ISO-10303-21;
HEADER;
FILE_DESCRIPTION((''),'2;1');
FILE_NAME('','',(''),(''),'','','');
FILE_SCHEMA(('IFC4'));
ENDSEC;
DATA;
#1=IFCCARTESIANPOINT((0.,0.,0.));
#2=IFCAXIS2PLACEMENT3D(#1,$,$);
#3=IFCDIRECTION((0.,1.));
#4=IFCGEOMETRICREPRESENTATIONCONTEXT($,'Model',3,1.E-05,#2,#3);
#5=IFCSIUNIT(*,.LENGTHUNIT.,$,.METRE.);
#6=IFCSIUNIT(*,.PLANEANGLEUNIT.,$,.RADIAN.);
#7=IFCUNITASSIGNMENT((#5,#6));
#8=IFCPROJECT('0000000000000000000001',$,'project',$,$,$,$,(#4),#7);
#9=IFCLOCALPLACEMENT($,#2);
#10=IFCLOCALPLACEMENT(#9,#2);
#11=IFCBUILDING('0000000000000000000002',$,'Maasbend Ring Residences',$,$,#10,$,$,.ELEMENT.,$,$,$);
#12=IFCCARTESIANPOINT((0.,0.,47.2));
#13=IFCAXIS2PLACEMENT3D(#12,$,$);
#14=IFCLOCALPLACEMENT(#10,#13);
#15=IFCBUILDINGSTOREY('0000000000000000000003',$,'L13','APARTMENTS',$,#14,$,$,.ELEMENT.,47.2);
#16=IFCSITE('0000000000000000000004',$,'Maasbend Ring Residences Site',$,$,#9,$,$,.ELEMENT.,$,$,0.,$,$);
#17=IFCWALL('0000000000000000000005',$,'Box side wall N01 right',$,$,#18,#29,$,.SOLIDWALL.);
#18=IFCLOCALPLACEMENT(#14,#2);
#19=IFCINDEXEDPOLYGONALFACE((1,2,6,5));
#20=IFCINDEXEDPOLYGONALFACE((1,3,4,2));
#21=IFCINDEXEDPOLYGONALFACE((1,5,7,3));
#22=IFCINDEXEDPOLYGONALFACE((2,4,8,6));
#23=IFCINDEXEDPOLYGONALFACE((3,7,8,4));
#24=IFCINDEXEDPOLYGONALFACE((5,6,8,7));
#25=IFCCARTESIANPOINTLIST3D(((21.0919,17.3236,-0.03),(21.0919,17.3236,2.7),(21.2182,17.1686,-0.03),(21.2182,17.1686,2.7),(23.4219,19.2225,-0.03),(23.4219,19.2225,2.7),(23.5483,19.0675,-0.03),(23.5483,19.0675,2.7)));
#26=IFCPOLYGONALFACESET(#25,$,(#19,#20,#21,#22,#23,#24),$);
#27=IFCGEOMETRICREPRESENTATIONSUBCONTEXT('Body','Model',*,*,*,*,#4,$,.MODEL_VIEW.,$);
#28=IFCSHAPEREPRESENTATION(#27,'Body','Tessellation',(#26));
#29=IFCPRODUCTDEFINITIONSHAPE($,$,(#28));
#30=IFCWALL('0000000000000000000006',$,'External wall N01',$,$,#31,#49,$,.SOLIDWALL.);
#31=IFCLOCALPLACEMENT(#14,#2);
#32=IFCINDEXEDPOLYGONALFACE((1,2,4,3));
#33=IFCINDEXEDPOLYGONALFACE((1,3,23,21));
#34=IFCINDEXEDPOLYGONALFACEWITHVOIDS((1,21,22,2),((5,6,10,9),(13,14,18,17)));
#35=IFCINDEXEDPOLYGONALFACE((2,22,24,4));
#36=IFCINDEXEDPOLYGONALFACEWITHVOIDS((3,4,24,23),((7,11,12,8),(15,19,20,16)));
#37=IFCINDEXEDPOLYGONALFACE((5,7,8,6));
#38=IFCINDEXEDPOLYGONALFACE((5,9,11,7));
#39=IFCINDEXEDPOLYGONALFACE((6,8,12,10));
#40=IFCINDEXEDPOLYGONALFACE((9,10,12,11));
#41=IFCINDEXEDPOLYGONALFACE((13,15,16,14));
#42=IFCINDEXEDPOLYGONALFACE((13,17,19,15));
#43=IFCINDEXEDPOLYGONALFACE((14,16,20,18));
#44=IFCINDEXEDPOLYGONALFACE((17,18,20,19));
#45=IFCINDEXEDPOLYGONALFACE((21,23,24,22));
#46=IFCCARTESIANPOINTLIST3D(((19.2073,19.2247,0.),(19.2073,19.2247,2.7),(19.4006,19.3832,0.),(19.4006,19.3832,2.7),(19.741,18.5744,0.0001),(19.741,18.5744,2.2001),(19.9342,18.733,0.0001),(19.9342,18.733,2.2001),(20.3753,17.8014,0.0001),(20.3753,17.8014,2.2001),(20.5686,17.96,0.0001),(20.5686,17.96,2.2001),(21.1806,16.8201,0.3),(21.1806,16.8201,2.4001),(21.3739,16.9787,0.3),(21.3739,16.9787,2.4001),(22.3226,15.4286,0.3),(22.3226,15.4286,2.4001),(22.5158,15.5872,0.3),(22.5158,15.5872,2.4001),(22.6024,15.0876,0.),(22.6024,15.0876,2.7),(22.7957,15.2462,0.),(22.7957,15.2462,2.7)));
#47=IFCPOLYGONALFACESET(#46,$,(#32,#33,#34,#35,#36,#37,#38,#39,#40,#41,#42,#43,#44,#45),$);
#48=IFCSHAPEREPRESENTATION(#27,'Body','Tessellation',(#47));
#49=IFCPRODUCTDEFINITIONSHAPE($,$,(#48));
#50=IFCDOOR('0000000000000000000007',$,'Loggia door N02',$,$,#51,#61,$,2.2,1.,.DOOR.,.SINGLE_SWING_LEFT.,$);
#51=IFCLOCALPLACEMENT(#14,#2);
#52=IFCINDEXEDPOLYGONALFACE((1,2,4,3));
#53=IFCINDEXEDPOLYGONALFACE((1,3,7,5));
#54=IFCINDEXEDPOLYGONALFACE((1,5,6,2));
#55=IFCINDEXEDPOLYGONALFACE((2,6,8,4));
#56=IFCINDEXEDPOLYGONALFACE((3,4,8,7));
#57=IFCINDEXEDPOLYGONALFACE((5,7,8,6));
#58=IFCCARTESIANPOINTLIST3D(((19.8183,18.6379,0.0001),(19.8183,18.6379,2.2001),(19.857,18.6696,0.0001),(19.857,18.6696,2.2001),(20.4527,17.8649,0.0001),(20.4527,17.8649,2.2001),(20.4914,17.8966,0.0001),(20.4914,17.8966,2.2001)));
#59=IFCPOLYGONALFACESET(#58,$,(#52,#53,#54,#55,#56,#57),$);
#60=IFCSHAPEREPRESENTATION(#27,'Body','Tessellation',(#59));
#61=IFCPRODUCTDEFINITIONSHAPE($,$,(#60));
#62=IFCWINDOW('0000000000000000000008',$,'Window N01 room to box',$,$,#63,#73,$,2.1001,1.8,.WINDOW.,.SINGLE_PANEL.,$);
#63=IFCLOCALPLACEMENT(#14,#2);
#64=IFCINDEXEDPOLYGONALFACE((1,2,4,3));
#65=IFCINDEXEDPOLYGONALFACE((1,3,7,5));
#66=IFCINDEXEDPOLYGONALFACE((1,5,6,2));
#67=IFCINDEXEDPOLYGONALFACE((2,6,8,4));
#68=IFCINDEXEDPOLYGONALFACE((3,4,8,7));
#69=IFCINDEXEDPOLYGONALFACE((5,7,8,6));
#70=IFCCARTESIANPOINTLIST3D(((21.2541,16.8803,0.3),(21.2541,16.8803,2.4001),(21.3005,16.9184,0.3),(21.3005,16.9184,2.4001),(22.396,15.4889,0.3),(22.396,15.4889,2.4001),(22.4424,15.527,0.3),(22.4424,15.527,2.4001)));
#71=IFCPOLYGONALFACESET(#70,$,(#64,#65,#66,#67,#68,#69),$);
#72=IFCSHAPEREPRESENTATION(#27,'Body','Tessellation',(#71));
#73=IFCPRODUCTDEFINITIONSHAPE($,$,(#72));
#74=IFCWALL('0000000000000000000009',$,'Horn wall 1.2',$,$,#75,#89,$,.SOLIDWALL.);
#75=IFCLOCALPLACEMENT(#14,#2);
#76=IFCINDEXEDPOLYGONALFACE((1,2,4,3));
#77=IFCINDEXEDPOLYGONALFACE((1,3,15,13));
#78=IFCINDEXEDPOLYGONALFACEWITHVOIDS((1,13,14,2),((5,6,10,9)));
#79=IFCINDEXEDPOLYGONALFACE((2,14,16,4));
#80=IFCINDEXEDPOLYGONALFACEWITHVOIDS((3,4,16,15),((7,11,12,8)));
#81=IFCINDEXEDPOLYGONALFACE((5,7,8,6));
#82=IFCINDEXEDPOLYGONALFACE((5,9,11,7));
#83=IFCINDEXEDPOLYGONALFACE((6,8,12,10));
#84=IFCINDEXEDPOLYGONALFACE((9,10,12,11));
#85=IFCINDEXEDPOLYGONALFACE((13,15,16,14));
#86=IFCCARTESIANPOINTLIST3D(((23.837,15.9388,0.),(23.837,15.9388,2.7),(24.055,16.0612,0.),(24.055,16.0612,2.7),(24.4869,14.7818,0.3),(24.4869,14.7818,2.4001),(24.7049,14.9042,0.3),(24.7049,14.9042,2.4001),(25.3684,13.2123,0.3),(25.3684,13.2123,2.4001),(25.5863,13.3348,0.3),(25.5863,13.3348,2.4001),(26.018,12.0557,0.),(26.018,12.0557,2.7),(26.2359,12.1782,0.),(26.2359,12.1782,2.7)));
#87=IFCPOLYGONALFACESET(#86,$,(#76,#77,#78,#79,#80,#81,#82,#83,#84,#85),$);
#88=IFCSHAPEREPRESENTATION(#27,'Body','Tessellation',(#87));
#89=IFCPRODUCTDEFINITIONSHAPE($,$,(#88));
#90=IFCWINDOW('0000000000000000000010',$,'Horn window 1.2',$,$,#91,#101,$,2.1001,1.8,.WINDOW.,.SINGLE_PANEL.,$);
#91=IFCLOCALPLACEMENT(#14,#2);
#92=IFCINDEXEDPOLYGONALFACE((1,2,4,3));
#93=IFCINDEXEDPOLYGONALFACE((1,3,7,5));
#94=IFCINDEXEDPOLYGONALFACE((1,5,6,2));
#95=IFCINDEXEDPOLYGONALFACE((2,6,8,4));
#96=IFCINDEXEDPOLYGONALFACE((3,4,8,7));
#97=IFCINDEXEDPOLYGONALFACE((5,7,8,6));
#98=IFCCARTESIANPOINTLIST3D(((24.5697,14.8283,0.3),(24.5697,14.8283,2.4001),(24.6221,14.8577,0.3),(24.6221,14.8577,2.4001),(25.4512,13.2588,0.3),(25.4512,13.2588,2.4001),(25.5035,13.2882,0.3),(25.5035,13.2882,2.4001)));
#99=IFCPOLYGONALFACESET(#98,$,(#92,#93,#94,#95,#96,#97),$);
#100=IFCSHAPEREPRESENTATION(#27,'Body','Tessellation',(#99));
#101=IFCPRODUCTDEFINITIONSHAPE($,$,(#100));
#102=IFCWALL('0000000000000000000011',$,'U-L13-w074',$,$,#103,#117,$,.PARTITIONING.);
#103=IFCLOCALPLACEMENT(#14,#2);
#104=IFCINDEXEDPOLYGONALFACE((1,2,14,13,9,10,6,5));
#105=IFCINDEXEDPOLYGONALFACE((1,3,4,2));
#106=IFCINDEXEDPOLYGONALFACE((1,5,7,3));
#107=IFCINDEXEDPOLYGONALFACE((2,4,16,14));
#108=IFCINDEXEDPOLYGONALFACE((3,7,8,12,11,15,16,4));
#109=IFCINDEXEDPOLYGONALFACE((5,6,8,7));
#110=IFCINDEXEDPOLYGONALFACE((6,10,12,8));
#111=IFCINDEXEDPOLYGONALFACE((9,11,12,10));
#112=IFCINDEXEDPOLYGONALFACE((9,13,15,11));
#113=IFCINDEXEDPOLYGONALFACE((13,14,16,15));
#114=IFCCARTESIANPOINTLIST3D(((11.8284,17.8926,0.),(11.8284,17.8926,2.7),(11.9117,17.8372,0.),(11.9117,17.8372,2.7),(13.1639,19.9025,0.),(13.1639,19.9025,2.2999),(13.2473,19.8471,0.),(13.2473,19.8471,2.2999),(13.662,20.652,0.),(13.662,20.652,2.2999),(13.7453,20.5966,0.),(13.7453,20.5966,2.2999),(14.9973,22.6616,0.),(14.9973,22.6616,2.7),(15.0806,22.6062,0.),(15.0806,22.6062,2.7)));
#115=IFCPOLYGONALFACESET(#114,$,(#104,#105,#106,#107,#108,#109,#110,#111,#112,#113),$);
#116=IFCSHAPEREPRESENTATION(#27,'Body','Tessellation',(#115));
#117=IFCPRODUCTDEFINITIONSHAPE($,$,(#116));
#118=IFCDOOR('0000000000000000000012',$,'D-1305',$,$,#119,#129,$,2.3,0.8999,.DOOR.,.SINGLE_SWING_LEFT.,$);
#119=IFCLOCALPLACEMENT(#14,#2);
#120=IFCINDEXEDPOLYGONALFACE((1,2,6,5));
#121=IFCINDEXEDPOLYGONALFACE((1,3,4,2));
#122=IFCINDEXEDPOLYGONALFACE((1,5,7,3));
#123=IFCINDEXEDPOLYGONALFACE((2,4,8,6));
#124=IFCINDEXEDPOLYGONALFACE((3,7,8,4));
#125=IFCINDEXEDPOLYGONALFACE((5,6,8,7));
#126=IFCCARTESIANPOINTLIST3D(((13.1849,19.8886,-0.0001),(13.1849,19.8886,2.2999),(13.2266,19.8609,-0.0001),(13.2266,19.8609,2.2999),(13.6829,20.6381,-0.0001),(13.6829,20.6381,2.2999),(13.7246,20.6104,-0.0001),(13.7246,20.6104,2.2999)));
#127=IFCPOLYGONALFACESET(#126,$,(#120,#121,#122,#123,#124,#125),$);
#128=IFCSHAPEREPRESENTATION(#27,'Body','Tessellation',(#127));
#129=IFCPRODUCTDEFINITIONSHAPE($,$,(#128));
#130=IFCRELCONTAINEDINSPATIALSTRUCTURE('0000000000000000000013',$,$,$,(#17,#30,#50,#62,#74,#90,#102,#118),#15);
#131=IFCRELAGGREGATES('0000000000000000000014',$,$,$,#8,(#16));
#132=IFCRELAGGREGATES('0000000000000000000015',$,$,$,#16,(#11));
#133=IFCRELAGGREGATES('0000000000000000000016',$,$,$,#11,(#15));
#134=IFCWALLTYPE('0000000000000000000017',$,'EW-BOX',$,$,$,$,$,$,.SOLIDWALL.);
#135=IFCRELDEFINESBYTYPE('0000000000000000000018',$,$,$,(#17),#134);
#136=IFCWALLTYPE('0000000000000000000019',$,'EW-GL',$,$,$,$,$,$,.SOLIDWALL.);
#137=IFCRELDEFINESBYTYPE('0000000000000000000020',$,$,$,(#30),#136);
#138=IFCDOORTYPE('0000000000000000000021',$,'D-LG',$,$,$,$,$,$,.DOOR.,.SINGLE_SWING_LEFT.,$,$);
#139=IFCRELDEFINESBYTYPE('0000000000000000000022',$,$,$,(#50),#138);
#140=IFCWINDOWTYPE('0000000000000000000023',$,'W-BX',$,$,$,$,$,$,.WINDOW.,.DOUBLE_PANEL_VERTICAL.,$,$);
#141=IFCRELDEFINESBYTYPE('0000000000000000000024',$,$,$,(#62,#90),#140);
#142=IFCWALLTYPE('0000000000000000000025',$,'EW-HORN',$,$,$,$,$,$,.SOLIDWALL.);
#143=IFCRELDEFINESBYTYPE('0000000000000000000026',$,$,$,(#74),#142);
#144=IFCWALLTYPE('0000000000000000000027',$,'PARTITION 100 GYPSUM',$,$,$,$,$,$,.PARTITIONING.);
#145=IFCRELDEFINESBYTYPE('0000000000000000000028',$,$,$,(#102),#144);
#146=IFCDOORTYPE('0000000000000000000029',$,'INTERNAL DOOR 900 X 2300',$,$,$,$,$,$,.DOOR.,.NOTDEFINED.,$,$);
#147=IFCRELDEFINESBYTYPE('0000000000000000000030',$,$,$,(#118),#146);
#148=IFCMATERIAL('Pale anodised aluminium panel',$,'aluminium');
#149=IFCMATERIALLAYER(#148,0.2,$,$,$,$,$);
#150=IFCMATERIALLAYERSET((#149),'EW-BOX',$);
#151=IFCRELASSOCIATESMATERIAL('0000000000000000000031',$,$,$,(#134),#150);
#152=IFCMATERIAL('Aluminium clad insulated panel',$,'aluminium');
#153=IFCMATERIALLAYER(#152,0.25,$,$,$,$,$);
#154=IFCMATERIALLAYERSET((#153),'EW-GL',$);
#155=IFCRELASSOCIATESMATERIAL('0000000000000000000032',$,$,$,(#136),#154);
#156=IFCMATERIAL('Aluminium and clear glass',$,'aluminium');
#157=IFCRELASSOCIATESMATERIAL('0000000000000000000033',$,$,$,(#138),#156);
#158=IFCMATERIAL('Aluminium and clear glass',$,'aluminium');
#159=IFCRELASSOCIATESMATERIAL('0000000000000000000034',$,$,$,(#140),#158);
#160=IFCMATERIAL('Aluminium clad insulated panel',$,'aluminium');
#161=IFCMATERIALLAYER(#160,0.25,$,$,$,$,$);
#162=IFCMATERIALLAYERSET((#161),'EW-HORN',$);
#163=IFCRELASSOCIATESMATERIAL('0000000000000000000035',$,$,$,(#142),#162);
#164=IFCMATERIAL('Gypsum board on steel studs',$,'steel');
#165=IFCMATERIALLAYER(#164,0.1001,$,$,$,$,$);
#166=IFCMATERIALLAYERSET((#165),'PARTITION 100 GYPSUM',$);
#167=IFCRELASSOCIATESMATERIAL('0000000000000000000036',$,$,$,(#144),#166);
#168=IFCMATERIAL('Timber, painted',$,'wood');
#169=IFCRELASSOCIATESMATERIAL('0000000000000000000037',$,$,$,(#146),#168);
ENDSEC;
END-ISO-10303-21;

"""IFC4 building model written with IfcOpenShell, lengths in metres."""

from ifc_helpers import new_model, si_unit, direction, frame, frame_2d, origin, place, context, subcontext, project, spatial, rectangle, extrude, material, layer, layer_set, type_object, element, fill, save


model = new_model("IFC4")

# Units and contexts
model_context = context("Model", 3, precision=1e-05, world=origin(), true_north=direction((0.0, 1.0)))
body_context = subcontext(model_context, "Body", "Model", "MODEL_VIEW")
ifc_project = project(units=[si_unit("LENGTHUNIT", "METRE"), si_unit("PLANEANGLEUNIT", "RADIAN")], contexts=[model_context])

# Site, building, storey
site_placement = place(None, origin())
site = spatial("IfcSite", under=ifc_project, at=site_placement, Name="Maasbend Ring Residences Site", CompositionType="ELEMENT", RefElevation=0.0)
building_placement = place(site_placement, origin())
building = spatial("IfcBuilding", under=site, at=building_placement, Name="Maasbend Ring Residences", CompositionType="ELEMENT")
storey_placement = place(building_placement, frame((0.0, 0.0, 47.2)))
storey = spatial("IfcBuildingStorey", under=building, at=storey_placement, Name="L13", Description="APARTMENTS", CompositionType="ELEMENT", Elevation=47.2)

# Shared definitions
ifc_material_1 = material(Name="Pale anodised aluminium panel", Category="aluminium")
ifc_layer_1 = layer(ifc_material_1, 0.2)
ifc_layer_set_1 = layer_set([ifc_layer_1], Name="EW-BOX")
wall_type_1 = type_object("IfcWallType", Name="EW-BOX", PredefinedType="SOLIDWALL", material=ifc_layer_set_1)

# Wall
wall_1_placement = place(storey_placement, frame((21.155, 17.2461, -0.03), z_axis=(0.0, 0.0, 1.0), x_axis=(0.775179, 0.631742, 0.0)))
element("IfcWall", 1, at=wall_1_placement, inside=storey, type_object=wall_type_1, Name="Box side wall N01 right", PredefinedType="SOLIDWALL", context=body_context, shape_type="SweptSolid", body=[
    extrude(rectangle(XDim=3.0059, YDim=0.2, at=frame_2d((1.5029, 0.0))), origin(), (0.0, 0.0, 1.0), 2.73),
])

# Wall, openings, door, window
ifc_material_2 = material(Name="Aluminium clad insulated panel", Category="aluminium")
ifc_layer_2 = layer(ifc_material_2, 0.25)
ifc_layer_set_2 = layer_set([ifc_layer_2], Name="EW-GL")
wall_type_2 = type_object("IfcWallType", Name="EW-GL", PredefinedType="SOLIDWALL", material=ifc_layer_set_2)
wall_2_placement = place(storey_placement, frame((22.699, 15.167, 0.0), z_axis=(0.0, 0.0, 1.0), x_axis=(-0.634382, 0.773019, 0.0)))
wall_2 = element("IfcWall", 2, at=wall_2_placement, inside=storey, type_object=wall_type_2, Name="External wall N01", PredefinedType="SOLIDWALL", context=body_context, shape_type="SweptSolid", body=[
    extrude(rectangle(XDim=5.3518, YDim=0.25, at=frame_2d((2.6758, 0.0))), origin(), (0.0, 0.0, 1.0), 2.7),
])
opening_1_placement = place(wall_2_placement, frame((0.4412, 0.0, 0.3)))
opening_1 = element("IfcOpeningElement", 3, at=opening_1_placement, cuts=wall_2, PredefinedType="OPENING", context=body_context, shape_type="SweptSolid", body=[
    extrude(rectangle(XDim=1.8, YDim=2.1001, at=frame_2d((0.8999, 1.05))), frame((0.0, 0.135, 0.0), z_axis=(0.0, -1.0, 0.0), x_axis=(1.0, 0.0, 0.0)), (0.0, 0.0, 1.0), 0.27),
])
opening_2_placement = place(wall_2_placement, frame((3.5105, 0.0, 0.0)))
opening_2 = element("IfcOpeningElement", 4, at=opening_2_placement, cuts=wall_2, PredefinedType="OPENING", context=body_context, shape_type="SweptSolid", body=[
    extrude(rectangle(XDim=1.0, YDim=2.2, at=frame_2d((0.5, 1.1001))), frame((0.0, 0.135, 0.0), z_axis=(0.0, -1.0, 0.0), x_axis=(1.0, 0.0, 0.0)), (0.0, 0.0, 1.0), 0.27),
])
ifc_material_3 = material(Name="Aluminium and clear glass", Category="aluminium")
door_type_1 = type_object("IfcDoorType", Name="D-LG", OperationType="SINGLE_SWING_LEFT", PredefinedType="DOOR", material=ifc_material_3)
door_1_placement = place(opening_2_placement, origin())
door_1 = element("IfcDoor", 5, at=door_1_placement, inside=storey, type_object=door_type_1, Name="Loggia door N02", OperationType="SINGLE_SWING_LEFT", OverallHeight=2.2, OverallWidth=1.0, PredefinedType="DOOR", context=body_context, shape_type="SweptSolid", body=[
    extrude(rectangle(XDim=1.0, YDim=2.2, at=frame_2d((0.5, 1.1001))), frame((0.0, 0.0249, 0.0), z_axis=(0.0, -1.0, 0.0), x_axis=(1.0, 0.0, 0.0)), (0.0, 0.0, 1.0), 0.05),
])
fill(opening_2, door_1)
ifc_material_4 = material(Name="Aluminium and clear glass", Category="aluminium")
window_type_1 = type_object("IfcWindowType", Name="W-BX", PartitioningType="DOUBLE_PANEL_VERTICAL", PredefinedType="WINDOW", material=ifc_material_4)
window_1_placement = place(opening_1_placement, origin())
window_1 = element("IfcWindow", 6, at=window_1_placement, inside=storey, type_object=window_type_1, Name="Window N01 room to box", OverallHeight=2.1001, OverallWidth=1.8, PartitioningType="SINGLE_PANEL", PredefinedType="WINDOW", context=body_context, shape_type="SweptSolid", body=[
    extrude(rectangle(XDim=1.8, YDim=2.1001, at=frame_2d((0.8999, 1.05))), frame((0.0, 0.03, 0.0), z_axis=(0.0, -1.0, 0.0), x_axis=(1.0, 0.0, 0.0)), (0.0, 0.0, 1.0), 0.0601),
])
fill(opening_1, window_1)

# Wall, opening, window
ifc_material_5 = material(Name="Aluminium clad insulated panel", Category="aluminium")
ifc_layer_3 = layer(ifc_material_5, 0.25)
ifc_layer_set_3 = layer_set([ifc_layer_3], Name="EW-HORN")
wall_type_3 = type_object("IfcWallType", Name="EW-HORN", PredefinedType="SOLIDWALL", material=ifc_layer_set_3)
wall_3_placement = place(storey_placement, frame((26.127, 12.1169, 0.0), z_axis=(0.0, 0.0, 1.0), x_axis=(-0.489696, 0.871893, 0.0)))
wall_3 = element("IfcWall", 7, at=wall_3_placement, inside=storey, type_object=wall_type_3, Name="Horn wall 1.2", PredefinedType="SOLIDWALL", context=body_context, shape_type="SweptSolid", body=[
    extrude(rectangle(XDim=4.4536, YDim=0.25, at=frame_2d((2.2268, 0.0))), origin(), (0.0, 0.0, 1.0), 2.7),
])
opening_3_placement = place(wall_3_placement, frame((1.3267, 0.0, 0.3)))
opening_3 = element("IfcOpeningElement", 8, at=opening_3_placement, cuts=wall_3, PredefinedType="OPENING", context=body_context, shape_type="SweptSolid", body=[
    extrude(rectangle(XDim=1.8, YDim=2.1001, at=frame_2d((0.8999, 1.05))), frame((0.0, 0.135, 0.0), z_axis=(0.0, -1.0, 0.0), x_axis=(1.0, 0.0, 0.0)), (0.0, 0.0, 1.0), 0.27),
])
window_2_placement = place(opening_3_placement, origin())
window_2 = element("IfcWindow", 9, at=window_2_placement, inside=storey, type_object=window_type_1, Name="Horn window 1.2", OverallHeight=2.1001, OverallWidth=1.8, PartitioningType="SINGLE_PANEL", PredefinedType="WINDOW", context=body_context, shape_type="SweptSolid", body=[
    extrude(rectangle(XDim=1.8, YDim=2.1001, at=frame_2d((0.8999, 1.05))), frame((0.0, 0.03, 0.0), z_axis=(0.0, -1.0, 0.0), x_axis=(1.0, 0.0, 0.0)), (0.0, 0.0, 1.0), 0.0601),
])
fill(opening_3, window_2)

# Wall, opening, door
ifc_material_6 = material(Name="Gypsum board on steel studs", Category="steel")
ifc_layer_4 = layer(ifc_material_6, 0.1001)
ifc_layer_set_4 = layer_set([ifc_layer_4], Name="PARTITION 100 GYPSUM")
wall_type_4 = type_object("IfcWallType", Name="PARTITION 100 GYPSUM", PredefinedType="PARTITIONING", material=ifc_layer_set_4)
wall_4_placement = place(storey_placement, frame((11.8701, 17.865, 0.0), z_axis=(0.0, 0.0, 1.0), x_axis=(0.55344, 0.832889, 0.0)))
wall_4 = element("IfcWall", 10, at=wall_4_placement, inside=storey, type_object=wall_type_4, Name="U-L13-w074", PredefinedType="PARTITIONING", context=body_context, shape_type="SweptSolid", body=[
    extrude(rectangle(XDim=5.7258, YDim=0.1001, at=frame_2d((2.8628, 0.0))), origin(), (0.0, 0.0, 1.0), 2.7),
])
opening_4_placement = place(wall_4_placement, frame((2.4131, 0.0, 0.0)))
opening_4 = element("IfcOpeningElement", 11, at=opening_4_placement, cuts=wall_4, PredefinedType="OPENING", context=body_context, shape_type="SweptSolid", body=[
    extrude(rectangle(XDim=0.8999, YDim=2.3, at=frame_2d((0.45, 1.1499))), frame((0.0, 0.0601, 0.0), z_axis=(0.0, -1.0, 0.0), x_axis=(1.0, 0.0, 0.0)), (0.0, 0.0, 1.0), 0.1201),
])
ifc_material_7 = material(Name="Timber, painted", Category="wood")
door_type_2 = type_object("IfcDoorType", Name="INTERNAL DOOR 900 X 2300", OperationType="NOTDEFINED", PredefinedType="DOOR", material=ifc_material_7)
door_2_placement = place(opening_4_placement, origin())
door_2 = element("IfcDoor", 12, at=door_2_placement, inside=storey, type_object=door_type_2, Name="D-1305", OperationType="SINGLE_SWING_LEFT", OverallHeight=2.3, OverallWidth=0.8999, PredefinedType="DOOR", context=body_context, shape_type="SweptSolid", body=[
    extrude(rectangle(XDim=0.8999, YDim=2.3, at=frame_2d((0.45, 1.1499))), frame((0.0, 0.0249, 0.0), z_axis=(0.0, -1.0, 0.0), x_axis=(1.0, 0.0, 0.0)), (0.0, 0.0, 1.0), 0.05),
])
fill(opening_4, door_2)

save(model, "model.ifc")
